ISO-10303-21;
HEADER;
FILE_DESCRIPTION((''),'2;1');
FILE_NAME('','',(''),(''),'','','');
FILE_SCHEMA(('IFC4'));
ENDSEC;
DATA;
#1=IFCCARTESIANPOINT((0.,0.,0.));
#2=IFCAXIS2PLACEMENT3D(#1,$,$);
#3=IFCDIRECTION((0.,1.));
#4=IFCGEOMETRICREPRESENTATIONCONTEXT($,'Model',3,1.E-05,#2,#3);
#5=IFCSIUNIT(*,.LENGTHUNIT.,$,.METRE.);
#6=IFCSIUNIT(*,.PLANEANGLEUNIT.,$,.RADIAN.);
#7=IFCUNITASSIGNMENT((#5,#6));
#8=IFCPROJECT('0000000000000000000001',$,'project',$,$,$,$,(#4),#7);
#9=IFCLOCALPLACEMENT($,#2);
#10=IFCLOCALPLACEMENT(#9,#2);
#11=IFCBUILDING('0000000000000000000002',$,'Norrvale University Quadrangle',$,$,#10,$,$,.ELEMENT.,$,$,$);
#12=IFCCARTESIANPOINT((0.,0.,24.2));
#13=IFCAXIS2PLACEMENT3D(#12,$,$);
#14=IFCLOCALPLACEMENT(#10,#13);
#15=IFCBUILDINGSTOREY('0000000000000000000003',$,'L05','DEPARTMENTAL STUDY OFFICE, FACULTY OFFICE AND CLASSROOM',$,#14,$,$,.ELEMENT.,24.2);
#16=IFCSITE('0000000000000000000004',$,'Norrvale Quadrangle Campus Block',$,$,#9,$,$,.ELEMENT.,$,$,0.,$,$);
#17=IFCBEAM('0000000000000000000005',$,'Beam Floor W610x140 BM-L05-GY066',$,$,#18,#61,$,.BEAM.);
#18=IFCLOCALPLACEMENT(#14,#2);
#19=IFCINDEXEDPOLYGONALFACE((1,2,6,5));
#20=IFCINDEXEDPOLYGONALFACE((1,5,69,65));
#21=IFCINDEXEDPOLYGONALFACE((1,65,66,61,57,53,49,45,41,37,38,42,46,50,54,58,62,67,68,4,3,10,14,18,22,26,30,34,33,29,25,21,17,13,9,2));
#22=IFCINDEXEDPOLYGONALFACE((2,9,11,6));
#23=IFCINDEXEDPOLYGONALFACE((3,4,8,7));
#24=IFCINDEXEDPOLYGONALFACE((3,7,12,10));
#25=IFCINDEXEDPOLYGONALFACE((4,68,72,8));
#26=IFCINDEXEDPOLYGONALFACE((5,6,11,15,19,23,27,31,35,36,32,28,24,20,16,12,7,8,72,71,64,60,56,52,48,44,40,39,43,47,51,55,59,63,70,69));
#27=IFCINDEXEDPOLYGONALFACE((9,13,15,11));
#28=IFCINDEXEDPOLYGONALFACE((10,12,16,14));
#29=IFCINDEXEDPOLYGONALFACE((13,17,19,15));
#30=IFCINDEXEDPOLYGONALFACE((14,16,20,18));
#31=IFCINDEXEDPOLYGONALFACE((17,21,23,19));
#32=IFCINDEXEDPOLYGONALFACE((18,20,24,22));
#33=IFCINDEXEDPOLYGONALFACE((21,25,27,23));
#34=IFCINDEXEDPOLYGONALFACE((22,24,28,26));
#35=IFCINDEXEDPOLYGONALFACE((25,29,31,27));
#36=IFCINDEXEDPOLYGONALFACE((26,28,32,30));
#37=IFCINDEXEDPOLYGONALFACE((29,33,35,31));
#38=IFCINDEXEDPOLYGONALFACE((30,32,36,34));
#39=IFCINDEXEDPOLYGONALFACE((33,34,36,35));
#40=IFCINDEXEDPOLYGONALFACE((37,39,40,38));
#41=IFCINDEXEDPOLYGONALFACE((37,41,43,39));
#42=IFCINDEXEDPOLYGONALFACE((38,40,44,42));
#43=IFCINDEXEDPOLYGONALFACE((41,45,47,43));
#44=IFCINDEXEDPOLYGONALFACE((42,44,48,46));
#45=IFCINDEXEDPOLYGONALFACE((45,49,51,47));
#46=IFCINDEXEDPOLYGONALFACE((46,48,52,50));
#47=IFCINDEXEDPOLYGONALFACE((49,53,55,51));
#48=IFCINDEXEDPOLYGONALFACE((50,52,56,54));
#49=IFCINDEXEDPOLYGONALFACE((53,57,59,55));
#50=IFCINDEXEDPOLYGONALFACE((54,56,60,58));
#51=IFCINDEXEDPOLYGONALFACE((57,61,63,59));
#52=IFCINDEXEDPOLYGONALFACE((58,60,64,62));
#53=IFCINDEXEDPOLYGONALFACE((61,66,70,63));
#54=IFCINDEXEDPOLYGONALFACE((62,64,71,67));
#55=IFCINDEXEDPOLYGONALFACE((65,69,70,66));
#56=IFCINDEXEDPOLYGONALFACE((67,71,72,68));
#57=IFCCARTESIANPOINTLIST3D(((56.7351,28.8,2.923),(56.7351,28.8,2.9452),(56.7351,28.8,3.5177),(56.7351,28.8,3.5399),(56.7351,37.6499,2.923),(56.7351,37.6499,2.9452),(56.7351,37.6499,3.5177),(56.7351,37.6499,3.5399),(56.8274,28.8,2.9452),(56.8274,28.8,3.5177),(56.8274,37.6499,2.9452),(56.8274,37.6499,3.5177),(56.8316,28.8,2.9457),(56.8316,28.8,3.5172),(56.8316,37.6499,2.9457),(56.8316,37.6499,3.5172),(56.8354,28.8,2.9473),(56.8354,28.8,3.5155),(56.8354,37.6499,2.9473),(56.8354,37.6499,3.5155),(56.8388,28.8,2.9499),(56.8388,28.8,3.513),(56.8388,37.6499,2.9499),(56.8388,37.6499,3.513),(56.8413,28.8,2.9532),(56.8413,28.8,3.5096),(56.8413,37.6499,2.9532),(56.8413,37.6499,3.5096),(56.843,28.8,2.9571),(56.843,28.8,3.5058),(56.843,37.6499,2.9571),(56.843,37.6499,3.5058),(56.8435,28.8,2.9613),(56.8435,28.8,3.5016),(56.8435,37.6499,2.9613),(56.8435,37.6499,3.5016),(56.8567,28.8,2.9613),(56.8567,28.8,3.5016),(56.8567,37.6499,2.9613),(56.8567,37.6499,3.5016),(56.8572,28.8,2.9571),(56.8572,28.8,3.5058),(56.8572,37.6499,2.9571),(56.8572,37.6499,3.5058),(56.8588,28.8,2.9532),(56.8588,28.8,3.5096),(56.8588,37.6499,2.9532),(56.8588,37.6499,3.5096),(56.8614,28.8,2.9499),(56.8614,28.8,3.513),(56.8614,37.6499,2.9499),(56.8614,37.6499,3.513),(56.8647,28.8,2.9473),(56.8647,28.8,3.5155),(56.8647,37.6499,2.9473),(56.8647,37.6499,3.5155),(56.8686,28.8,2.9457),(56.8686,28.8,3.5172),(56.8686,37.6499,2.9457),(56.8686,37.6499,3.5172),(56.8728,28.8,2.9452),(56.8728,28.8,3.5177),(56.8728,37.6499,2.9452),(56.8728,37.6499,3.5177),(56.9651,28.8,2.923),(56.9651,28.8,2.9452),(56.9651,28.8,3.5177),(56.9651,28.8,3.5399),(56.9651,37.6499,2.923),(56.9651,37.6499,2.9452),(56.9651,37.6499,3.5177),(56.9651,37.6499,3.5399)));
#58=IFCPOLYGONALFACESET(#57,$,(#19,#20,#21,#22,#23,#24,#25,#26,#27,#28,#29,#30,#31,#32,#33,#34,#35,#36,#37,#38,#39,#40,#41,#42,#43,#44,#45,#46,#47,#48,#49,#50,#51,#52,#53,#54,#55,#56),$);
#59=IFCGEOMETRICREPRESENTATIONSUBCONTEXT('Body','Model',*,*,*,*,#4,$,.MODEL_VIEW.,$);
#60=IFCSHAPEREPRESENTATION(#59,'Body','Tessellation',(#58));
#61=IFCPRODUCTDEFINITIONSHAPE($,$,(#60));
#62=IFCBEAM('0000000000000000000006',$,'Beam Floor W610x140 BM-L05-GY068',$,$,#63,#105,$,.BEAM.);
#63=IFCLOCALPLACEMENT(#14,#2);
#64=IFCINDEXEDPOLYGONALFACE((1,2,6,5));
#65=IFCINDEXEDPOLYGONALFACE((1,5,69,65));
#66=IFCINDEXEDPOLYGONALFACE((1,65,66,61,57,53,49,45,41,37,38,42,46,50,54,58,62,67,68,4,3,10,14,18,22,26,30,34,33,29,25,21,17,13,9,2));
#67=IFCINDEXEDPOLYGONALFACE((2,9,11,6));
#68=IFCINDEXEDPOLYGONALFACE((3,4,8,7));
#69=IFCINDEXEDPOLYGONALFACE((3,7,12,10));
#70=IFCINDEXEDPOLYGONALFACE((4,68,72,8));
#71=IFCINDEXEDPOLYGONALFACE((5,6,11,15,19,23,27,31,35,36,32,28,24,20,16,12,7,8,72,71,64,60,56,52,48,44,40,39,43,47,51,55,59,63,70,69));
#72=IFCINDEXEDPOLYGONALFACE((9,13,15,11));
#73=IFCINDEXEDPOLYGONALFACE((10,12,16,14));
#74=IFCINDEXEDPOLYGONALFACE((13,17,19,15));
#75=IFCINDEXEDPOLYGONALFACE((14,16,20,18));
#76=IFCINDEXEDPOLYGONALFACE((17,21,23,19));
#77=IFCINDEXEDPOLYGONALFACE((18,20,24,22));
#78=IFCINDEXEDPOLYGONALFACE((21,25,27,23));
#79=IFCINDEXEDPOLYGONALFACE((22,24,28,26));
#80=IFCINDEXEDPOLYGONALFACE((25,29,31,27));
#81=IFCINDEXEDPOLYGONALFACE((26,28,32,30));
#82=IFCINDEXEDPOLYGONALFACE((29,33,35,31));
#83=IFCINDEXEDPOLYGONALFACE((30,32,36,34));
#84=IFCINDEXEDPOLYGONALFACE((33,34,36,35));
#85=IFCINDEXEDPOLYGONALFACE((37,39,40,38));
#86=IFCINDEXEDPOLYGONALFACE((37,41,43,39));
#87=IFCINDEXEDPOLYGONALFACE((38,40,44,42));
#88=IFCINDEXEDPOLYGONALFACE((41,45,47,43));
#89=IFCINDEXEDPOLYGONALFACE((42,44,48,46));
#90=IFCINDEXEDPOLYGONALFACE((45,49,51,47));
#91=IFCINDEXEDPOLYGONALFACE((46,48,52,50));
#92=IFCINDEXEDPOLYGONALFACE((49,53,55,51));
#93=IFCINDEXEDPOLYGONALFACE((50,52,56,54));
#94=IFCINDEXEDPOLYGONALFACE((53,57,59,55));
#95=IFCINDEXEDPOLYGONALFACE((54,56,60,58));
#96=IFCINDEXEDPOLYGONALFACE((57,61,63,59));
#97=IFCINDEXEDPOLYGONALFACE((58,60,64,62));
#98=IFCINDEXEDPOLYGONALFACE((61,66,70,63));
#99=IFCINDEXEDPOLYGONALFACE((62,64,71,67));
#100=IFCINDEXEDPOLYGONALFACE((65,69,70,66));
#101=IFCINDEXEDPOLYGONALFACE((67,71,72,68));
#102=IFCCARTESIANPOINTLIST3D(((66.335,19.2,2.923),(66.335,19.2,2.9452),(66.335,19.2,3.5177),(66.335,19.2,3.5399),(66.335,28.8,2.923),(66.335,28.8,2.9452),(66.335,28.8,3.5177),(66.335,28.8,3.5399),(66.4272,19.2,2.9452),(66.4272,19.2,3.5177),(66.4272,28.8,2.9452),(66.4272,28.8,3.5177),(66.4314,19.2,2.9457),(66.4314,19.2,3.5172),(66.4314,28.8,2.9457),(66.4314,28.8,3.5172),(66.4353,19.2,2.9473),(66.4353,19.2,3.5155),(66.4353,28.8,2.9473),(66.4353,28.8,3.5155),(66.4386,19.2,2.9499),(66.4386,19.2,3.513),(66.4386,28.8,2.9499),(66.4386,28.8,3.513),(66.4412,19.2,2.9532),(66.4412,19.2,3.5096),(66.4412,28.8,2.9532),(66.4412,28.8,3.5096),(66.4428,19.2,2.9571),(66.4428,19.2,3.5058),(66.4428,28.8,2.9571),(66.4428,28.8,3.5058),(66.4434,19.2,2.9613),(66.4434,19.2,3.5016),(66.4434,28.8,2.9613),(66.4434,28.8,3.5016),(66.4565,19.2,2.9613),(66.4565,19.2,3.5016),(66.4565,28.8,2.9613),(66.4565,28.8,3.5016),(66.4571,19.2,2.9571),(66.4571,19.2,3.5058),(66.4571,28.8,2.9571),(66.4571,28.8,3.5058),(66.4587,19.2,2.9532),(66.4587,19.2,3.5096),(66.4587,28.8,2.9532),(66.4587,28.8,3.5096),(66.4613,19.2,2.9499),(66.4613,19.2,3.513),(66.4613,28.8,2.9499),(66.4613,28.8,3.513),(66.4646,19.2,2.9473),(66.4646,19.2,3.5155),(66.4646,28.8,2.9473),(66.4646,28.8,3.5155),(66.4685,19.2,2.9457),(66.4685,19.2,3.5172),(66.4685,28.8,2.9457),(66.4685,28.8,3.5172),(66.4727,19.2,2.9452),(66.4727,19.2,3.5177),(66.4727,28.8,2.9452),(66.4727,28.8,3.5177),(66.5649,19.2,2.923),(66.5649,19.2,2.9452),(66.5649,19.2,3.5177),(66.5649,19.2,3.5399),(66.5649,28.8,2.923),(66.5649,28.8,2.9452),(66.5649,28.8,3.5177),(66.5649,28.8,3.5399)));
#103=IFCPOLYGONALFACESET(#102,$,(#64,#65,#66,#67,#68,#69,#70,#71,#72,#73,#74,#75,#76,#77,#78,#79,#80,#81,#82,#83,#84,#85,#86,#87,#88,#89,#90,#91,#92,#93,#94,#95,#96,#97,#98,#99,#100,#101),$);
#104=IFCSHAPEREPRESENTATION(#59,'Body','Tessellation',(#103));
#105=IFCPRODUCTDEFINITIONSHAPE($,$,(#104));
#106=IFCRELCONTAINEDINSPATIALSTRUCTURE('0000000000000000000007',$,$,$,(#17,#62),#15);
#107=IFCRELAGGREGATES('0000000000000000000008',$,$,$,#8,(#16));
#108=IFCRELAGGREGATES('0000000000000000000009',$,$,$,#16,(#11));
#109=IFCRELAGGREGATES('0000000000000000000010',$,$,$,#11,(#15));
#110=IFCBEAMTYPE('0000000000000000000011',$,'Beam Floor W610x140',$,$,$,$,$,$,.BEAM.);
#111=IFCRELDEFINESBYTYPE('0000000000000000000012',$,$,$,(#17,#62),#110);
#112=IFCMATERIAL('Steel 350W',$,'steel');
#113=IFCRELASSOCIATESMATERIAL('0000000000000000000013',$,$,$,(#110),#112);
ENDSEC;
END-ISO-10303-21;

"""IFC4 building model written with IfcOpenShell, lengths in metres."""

from ifc_helpers import new_model, si_unit, direction, frame, origin, origin_2d, place, context, subcontext, project, spatial, i_section, extrude, material, material_profile, profile_set, type_object, element, save


model = new_model("IFC4")

# Units and contexts
model_context = context("Model", 3, precision=1e-05, world=origin(), true_north=direction((0.0, 1.0)))
body_context = subcontext(model_context, "Body", "Model", "MODEL_VIEW")
ifc_project = project(units=[si_unit("LENGTHUNIT", "METRE"), si_unit("PLANEANGLEUNIT", "RADIAN")], contexts=[model_context])

# Site, building, storey
site_placement = place(None, origin())
site = spatial("IfcSite", under=ifc_project, at=site_placement, Name="Norrvale Quadrangle Campus Block", CompositionType="ELEMENT", RefElevation=0.0)
building_placement = place(site_placement, origin())
building = spatial("IfcBuilding", under=site, at=building_placement, Name="Norrvale University Quadrangle", CompositionType="ELEMENT")
storey_placement = place(building_placement, frame((0.0, 0.0, 24.2)))
storey = spatial("IfcBuildingStorey", under=building, at=storey_placement, Name="L05", Description="DEPARTMENTAL STUDY OFFICE, FACULTY OFFICE AND CLASSROOM", CompositionType="ELEMENT", Elevation=24.2)

# Beams
ifc_material_1 = material(Name="Steel 350W", Category="steel")
ifc_material_profile_1 = material_profile(ifc_material_1, i_section(OverallWidth=0.23, OverallDepth=0.6169, WebThickness=0.0132, FlangeThickness=0.0222, FilletRadius=0.0161, at=origin_2d()), Name="Steel 350W")
ifc_profile_set_1 = profile_set([ifc_material_profile_1], Name="Steel 350W")
beam_type_1 = type_object("IfcBeamType", Name="Beam Floor W610x140", PredefinedType="BEAM", material=ifc_profile_set_1)
beam_1_placement = place(storey_placement, frame((56.8501, 28.8, 3.2314), z_axis=(0.0, 1.0, 0.0), x_axis=(-1.0, 0.0, 0.0)))
element("IfcBeam", 1, at=beam_1_placement, inside=storey, type_object=beam_type_1, Name="Beam Floor W610x140 BM-L05-GY066", PredefinedType="BEAM", context=body_context, shape_type="SweptSolid", body=[
    extrude(i_section(OverallWidth=0.23, OverallDepth=0.6169, WebThickness=0.0132, FlangeThickness=0.0222, FilletRadius=0.0161, at=origin_2d()), origin(), (0.0, 0.0, 1.0), 8.8499),
])
beam_2_placement = place(storey_placement, frame((66.45, 19.2, 3.2314), z_axis=(0.0, 1.0, 0.0), x_axis=(-1.0, 0.0, 0.0)))
element("IfcBeam", 2, at=beam_2_placement, inside=storey, type_object=beam_type_1, Name="Beam Floor W610x140 BM-L05-GY068", PredefinedType="BEAM", context=body_context, shape_type="SweptSolid", body=[
    extrude(i_section(OverallWidth=0.23, OverallDepth=0.6169, WebThickness=0.0132, FlangeThickness=0.0222, FilletRadius=0.0161, at=origin_2d()), origin(), (0.0, 0.0, 1.0), 9.6001),
])

save(model, "model.ifc")
